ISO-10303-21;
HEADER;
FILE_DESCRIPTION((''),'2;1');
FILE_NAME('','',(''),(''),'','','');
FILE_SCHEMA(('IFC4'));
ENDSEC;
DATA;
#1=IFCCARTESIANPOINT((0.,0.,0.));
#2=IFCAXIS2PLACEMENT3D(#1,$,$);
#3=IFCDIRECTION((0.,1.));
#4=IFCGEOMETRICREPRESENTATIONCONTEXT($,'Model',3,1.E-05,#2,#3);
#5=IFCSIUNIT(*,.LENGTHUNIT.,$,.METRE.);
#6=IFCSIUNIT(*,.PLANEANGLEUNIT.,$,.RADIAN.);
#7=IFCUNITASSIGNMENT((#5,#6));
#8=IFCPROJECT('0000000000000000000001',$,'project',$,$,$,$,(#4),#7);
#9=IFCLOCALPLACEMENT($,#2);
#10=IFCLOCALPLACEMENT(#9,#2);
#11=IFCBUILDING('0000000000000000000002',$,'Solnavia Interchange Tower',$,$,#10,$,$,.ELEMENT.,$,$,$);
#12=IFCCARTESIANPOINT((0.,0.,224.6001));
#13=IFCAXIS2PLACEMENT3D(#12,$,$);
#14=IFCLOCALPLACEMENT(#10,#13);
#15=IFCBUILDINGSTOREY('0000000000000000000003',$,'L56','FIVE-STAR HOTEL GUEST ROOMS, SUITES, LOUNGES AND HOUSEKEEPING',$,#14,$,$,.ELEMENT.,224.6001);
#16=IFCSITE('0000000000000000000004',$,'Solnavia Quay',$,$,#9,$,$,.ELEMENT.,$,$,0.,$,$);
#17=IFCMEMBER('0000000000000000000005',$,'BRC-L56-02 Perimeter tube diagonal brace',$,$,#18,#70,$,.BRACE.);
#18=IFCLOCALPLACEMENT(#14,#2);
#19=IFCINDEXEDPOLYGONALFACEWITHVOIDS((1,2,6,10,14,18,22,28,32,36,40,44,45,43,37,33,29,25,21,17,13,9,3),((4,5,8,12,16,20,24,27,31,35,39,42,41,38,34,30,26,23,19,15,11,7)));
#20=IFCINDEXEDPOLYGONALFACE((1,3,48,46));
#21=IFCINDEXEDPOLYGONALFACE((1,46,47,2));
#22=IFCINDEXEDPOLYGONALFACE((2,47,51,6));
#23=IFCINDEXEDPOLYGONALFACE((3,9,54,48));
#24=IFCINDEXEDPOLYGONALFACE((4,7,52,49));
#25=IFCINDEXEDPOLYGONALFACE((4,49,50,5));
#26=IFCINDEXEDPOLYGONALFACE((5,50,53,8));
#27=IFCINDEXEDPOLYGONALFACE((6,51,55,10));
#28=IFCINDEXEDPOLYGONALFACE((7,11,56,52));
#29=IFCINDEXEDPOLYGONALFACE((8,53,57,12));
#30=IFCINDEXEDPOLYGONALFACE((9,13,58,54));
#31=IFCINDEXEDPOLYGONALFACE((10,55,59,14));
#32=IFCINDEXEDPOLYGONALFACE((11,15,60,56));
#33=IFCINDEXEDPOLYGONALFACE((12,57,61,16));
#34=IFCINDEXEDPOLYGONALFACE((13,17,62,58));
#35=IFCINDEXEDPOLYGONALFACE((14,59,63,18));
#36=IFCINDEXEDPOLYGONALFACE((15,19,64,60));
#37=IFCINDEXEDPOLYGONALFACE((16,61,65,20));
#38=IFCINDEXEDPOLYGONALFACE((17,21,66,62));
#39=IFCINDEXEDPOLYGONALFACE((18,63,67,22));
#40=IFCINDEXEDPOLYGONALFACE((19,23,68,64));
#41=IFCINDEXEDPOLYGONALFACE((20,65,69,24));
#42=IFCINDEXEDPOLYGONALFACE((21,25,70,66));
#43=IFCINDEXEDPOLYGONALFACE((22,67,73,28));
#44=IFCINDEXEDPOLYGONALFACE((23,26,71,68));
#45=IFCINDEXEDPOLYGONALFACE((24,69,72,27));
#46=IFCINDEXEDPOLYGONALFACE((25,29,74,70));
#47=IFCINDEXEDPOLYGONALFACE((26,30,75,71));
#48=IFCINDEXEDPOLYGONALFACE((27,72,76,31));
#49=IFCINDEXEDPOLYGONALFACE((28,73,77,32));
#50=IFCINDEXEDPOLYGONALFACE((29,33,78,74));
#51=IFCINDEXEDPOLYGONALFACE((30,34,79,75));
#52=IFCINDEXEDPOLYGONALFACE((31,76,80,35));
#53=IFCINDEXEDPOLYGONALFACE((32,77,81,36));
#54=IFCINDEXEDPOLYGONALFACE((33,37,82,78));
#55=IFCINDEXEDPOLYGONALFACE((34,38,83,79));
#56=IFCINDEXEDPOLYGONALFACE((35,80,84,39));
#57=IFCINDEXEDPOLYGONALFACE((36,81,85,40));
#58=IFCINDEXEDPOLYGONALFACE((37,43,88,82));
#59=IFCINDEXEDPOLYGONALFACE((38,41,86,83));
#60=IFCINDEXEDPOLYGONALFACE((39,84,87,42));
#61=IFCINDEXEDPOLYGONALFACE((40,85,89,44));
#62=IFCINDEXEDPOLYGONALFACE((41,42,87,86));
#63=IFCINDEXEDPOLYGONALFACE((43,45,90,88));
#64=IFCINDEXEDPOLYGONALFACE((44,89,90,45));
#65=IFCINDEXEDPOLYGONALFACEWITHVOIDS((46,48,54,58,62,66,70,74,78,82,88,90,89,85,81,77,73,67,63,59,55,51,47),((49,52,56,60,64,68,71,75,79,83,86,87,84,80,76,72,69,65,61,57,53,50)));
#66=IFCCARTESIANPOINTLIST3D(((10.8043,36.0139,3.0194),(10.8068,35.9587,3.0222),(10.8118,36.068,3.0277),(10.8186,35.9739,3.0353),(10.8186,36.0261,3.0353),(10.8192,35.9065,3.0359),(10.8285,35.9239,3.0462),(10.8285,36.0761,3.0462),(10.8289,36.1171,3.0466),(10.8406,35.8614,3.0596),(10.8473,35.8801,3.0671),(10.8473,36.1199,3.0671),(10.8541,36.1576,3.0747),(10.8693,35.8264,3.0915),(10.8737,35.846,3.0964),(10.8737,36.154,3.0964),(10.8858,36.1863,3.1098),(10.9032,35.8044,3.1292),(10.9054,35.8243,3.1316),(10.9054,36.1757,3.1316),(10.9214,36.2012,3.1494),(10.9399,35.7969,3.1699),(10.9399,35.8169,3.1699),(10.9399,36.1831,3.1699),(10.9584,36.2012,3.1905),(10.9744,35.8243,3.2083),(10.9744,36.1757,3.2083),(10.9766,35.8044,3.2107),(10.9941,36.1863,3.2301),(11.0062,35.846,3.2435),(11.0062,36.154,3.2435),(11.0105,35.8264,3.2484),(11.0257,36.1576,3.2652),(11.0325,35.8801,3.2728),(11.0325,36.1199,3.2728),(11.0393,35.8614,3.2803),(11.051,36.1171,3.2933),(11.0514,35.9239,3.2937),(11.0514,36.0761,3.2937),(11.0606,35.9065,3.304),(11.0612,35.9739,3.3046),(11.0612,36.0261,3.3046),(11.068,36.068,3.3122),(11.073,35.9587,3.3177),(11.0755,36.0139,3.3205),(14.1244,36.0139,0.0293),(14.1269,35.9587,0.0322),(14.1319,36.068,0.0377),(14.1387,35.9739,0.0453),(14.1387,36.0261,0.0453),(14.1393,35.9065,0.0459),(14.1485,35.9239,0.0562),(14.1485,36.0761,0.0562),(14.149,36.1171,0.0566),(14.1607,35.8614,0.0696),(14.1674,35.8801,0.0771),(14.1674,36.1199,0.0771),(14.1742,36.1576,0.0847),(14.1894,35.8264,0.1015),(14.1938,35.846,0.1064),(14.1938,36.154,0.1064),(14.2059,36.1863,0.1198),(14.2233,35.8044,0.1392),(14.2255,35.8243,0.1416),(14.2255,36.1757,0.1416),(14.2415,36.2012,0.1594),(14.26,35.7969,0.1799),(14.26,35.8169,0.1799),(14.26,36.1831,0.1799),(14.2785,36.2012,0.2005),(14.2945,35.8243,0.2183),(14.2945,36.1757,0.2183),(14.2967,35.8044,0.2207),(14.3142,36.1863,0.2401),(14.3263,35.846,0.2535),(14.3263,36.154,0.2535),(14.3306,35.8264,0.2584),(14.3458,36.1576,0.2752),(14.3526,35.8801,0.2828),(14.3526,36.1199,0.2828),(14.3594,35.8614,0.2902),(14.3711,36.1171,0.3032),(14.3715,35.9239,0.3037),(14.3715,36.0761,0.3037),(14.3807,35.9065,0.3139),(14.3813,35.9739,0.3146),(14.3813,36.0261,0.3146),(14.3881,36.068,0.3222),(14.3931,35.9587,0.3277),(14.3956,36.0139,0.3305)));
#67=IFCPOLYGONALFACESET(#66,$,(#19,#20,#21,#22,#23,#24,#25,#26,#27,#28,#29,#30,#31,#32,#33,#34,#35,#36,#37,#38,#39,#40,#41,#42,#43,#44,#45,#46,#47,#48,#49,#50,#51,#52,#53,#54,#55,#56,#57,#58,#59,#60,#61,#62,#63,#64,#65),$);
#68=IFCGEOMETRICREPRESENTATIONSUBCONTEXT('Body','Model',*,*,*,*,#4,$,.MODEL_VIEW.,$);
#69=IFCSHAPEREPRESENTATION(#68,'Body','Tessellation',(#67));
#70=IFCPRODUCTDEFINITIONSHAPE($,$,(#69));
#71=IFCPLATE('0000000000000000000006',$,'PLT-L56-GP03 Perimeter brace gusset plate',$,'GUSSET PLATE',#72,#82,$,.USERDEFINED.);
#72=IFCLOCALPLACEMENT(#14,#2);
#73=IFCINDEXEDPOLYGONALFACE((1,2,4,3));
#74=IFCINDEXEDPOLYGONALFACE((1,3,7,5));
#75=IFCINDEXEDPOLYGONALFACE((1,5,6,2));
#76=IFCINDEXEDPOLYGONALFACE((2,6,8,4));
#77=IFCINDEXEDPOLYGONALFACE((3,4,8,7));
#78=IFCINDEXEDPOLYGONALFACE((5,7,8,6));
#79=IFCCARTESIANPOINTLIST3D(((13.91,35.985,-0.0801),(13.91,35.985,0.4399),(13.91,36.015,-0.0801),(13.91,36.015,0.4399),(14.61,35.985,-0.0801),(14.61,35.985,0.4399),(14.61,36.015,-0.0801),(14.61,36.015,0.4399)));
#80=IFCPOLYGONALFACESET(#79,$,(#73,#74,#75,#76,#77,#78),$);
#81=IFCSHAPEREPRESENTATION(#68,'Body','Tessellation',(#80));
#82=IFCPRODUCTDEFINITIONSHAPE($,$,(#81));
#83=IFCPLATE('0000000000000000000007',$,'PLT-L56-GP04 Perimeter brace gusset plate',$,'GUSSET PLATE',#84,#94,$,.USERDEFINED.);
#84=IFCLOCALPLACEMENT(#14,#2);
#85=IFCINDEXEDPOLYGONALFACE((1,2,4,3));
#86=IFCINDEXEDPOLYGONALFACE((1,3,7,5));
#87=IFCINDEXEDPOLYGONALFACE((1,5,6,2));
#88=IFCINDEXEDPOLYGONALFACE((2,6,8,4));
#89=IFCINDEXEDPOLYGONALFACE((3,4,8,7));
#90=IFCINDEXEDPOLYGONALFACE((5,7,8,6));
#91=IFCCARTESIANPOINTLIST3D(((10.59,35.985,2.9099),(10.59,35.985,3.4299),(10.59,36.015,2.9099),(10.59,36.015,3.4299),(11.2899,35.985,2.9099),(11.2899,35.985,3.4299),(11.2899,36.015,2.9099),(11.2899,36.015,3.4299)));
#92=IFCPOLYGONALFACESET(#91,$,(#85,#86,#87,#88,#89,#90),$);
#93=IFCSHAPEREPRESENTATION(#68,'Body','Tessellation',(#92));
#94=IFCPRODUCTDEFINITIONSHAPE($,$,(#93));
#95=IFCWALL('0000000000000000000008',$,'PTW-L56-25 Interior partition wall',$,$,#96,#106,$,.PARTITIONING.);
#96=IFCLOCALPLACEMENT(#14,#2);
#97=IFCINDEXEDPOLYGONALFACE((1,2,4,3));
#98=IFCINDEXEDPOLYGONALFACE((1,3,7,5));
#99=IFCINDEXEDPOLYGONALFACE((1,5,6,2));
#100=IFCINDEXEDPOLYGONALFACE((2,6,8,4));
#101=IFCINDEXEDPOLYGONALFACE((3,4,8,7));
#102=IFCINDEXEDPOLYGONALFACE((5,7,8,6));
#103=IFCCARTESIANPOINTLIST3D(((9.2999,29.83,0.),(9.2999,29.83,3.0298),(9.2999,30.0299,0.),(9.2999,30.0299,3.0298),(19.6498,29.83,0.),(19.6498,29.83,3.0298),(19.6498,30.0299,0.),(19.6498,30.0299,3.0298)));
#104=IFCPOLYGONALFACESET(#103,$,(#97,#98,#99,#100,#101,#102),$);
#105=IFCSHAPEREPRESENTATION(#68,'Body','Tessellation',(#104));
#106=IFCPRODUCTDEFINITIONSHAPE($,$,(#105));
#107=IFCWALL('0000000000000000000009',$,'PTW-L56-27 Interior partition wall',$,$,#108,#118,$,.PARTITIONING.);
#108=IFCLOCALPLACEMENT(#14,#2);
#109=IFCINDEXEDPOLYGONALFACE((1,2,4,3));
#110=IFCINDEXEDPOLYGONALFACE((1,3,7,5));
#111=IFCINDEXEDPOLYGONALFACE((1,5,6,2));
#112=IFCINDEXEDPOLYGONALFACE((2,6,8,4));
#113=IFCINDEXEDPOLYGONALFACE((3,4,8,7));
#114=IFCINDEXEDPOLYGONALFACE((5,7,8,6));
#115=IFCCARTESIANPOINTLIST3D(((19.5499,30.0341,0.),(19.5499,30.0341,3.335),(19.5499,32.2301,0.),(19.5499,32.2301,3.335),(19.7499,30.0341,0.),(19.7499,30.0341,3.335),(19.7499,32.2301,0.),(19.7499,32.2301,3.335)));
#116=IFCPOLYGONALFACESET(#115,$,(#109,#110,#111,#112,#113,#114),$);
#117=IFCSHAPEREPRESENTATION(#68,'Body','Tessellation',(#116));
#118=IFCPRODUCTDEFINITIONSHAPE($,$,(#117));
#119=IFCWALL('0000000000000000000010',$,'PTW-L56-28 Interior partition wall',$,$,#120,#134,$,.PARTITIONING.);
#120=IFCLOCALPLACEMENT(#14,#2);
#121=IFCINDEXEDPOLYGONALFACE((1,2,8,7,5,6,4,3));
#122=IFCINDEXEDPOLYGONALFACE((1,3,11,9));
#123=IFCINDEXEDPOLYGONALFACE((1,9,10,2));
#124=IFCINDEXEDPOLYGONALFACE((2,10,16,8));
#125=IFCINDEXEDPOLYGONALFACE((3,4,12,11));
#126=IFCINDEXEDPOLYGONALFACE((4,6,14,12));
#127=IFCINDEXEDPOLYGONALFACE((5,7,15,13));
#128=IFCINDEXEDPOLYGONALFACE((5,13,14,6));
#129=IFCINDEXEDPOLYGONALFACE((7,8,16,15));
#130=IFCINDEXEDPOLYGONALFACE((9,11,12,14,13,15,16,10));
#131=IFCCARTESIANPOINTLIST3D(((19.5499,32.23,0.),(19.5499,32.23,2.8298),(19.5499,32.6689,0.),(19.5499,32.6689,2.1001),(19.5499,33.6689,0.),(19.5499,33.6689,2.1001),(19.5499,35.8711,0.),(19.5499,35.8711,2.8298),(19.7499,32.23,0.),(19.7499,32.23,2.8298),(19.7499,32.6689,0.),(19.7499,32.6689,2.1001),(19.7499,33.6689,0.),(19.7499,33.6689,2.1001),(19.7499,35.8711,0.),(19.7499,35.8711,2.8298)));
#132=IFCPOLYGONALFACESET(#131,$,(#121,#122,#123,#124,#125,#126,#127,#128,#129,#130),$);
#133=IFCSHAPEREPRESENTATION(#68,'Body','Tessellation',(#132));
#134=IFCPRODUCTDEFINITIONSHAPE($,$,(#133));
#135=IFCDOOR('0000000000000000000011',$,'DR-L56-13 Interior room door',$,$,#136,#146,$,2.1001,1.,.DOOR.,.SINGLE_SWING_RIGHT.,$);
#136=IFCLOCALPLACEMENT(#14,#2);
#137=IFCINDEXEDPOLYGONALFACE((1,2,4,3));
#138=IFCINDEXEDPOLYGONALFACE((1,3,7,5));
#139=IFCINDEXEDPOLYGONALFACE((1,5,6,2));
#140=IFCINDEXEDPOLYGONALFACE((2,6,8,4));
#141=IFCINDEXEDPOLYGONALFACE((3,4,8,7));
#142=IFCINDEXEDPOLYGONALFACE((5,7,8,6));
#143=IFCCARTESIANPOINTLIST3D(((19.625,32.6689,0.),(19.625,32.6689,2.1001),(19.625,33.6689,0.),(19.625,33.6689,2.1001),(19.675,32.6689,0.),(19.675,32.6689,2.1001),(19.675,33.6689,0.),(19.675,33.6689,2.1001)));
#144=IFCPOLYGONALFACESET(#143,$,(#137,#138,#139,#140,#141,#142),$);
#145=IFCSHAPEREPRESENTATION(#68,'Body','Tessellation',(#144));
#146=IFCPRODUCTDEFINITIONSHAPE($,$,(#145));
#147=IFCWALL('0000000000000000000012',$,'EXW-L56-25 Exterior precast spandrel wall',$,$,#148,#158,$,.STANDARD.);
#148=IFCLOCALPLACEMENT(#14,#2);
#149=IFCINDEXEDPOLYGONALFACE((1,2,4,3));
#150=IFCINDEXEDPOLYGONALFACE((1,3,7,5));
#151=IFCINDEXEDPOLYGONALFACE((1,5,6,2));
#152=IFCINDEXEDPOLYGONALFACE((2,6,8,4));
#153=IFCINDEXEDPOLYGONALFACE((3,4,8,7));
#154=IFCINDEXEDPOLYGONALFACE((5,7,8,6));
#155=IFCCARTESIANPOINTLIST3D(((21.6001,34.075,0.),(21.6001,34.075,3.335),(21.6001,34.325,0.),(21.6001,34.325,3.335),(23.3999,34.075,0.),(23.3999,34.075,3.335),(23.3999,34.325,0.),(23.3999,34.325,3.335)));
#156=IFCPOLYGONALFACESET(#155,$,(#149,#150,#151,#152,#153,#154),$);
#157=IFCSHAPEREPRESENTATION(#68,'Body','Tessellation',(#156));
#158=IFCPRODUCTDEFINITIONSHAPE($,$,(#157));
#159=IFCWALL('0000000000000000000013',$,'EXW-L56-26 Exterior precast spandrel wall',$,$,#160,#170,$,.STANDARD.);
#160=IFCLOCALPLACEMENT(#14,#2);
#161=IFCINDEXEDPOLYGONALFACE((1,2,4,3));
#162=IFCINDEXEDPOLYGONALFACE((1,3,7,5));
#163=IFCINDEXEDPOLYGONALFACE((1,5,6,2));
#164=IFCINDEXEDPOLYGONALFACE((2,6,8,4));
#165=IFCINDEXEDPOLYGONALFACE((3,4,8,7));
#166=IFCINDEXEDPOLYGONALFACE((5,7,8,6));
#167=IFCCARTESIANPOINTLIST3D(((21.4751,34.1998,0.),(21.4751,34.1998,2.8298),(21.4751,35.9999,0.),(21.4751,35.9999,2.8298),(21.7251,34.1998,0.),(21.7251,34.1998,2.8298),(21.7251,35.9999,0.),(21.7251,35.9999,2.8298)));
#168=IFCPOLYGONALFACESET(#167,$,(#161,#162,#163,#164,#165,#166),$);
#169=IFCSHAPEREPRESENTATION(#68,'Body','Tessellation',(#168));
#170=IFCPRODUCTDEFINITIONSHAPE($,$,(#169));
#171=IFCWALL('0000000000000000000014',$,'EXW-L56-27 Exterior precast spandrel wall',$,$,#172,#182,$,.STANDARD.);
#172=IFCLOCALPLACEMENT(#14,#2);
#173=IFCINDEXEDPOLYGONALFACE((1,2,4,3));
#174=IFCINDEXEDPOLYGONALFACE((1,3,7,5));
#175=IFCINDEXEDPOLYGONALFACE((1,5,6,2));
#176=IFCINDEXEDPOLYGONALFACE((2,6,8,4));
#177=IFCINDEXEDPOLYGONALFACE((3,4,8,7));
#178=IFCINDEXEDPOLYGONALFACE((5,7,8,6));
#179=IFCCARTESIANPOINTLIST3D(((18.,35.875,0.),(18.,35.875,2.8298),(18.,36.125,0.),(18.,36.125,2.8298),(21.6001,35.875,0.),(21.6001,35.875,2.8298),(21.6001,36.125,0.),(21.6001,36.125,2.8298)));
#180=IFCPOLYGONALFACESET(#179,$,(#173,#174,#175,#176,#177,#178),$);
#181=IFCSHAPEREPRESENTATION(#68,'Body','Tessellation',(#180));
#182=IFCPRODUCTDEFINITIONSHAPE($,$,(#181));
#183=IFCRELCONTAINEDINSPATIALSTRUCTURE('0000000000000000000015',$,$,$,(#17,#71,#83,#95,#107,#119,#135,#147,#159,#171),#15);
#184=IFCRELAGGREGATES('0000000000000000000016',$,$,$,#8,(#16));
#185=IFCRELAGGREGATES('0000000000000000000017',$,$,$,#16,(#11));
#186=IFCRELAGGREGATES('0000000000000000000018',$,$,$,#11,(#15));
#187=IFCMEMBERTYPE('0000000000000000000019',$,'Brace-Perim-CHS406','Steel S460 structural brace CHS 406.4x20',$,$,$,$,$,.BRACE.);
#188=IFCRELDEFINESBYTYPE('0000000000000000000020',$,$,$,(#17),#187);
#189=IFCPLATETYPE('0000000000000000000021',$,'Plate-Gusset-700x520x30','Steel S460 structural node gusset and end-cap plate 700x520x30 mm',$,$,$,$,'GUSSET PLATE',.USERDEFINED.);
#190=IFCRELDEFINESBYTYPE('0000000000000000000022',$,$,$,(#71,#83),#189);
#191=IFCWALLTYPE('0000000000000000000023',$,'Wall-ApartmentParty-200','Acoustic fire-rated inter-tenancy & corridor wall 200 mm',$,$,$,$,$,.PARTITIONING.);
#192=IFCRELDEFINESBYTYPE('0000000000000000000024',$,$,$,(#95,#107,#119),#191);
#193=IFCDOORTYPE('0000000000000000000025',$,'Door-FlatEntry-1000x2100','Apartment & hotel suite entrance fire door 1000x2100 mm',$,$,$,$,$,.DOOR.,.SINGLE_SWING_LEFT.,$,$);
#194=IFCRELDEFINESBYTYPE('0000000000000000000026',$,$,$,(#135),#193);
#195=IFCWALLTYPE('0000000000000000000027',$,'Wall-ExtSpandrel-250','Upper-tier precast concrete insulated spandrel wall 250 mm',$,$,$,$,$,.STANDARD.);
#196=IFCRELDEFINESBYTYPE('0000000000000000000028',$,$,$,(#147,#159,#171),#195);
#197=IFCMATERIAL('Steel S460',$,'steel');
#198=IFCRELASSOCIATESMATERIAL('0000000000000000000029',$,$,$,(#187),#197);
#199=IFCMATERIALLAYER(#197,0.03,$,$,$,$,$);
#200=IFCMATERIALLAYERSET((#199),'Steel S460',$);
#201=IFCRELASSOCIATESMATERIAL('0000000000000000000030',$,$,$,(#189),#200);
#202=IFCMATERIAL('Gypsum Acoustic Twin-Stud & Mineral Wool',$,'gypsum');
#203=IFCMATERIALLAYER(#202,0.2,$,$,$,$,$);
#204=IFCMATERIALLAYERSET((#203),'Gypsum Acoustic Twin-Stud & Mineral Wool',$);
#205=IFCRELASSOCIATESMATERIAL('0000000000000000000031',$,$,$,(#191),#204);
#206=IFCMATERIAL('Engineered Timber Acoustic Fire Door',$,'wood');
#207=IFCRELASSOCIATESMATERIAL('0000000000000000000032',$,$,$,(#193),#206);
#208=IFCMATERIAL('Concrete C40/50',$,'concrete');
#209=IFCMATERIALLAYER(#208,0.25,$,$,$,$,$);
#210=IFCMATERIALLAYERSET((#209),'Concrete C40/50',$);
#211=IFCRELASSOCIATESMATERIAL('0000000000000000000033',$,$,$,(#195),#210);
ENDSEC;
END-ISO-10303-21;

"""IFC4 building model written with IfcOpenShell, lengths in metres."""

from ifc_helpers import new_model, si_unit, direction, frame, frame_2d, origin, origin_2d, place, context, subcontext, project, spatial, rectangle, hollow_circle, extrude, material, layer, layer_set, material_profile, profile_set, type_object, element, fill, save


model = new_model("IFC4")

# Units and contexts
model_context = context("Model", 3, precision=1e-05, world=origin(), true_north=direction((0.0, 1.0)))
body_context = subcontext(model_context, "Body", "Model", "MODEL_VIEW")
ifc_project = project(units=[si_unit("LENGTHUNIT", "METRE"), si_unit("PLANEANGLEUNIT", "RADIAN")], contexts=[model_context])

# Site, building, storey
site_placement = place(None, origin())
site = spatial("IfcSite", under=ifc_project, at=site_placement, Name="Solnavia Quay", CompositionType="ELEMENT", RefElevation=0.0)
building_placement = place(site_placement, origin())
building = spatial("IfcBuilding", under=site, at=building_placement, Name="Solnavia Interchange Tower", CompositionType="ELEMENT")
storey_placement = place(building_placement, frame((0.0, 0.0, 224.6001)))
storey = spatial("IfcBuildingStorey", under=building, at=storey_placement, Name="L56", Description="FIVE-STAR HOTEL GUEST ROOMS, SUITES, LOUNGES AND HOUSEKEEPING", CompositionType="ELEMENT", Elevation=224.6001)

# Shared definitions
ifc_material_1 = material(Name="Steel S460", Category="steel")

# Member
ifc_material_profile_1 = material_profile(ifc_material_1, hollow_circle(Radius=0.2031, WallThickness=0.02, at=origin_2d()), Name="CHS 406.4x20")
ifc_profile_set_1 = profile_set([ifc_material_profile_1], Name="Steel S460")
member_type = type_object("IfcMemberType", Name="Brace-Perim-CHS406", Description="Steel S460 structural brace CHS 406.4x20", PredefinedType="BRACE", material=ifc_profile_set_1)
member_placement = place(storey_placement, frame((14.26, 36.0, 0.1799), z_axis=(-0.743079, 0.0, 0.669203), x_axis=(0.0, -1.0, 0.0)))
element("IfcMember", 1, at=member_placement, inside=storey, type_object=member_type, Name="BRC-L56-02 Perimeter tube diagonal brace", PredefinedType="BRACE", context=body_context, shape_type="SweptSolid", body=[
    extrude(hollow_circle(Radius=0.2031, WallThickness=0.02, at=origin_2d()), origin(), (0.0, 0.0, 1.0), 4.468),
])

# Plates
ifc_layer_1 = layer(ifc_material_1, 0.03)
ifc_layer_set_1 = layer_set([ifc_layer_1], Name="Steel S460")
plate_type = type_object("IfcPlateType", Name="Plate-Gusset-700x520x30", Description="Steel S460 structural node gusset and end-cap plate 700x520x30 mm", ElementType="GUSSET PLATE", PredefinedType="USERDEFINED", material=ifc_layer_set_1)
for number, where, z_axis, x_axis, name in (
    (2, (14.26, 36.0, -0.0801), (0.0, 0.0, 1.0), (-1.0, 0.0, 0.0), "PLT-L56-GP03 Perimeter brace gusset plate"),
    (3, (10.9399, 36.0, 2.9099), (0.0, 0.0, 1.0), (-1.0, 0.0, 0.0), "PLT-L56-GP04 Perimeter brace gusset plate"),
):
    element("IfcPlate", number, at=place(storey_placement, frame(where, z_axis=z_axis, x_axis=x_axis)), inside=storey, type_object=plate_type, Name=name, ObjectType="GUSSET PLATE", PredefinedType="USERDEFINED", context=body_context, shape_type="SweptSolid", body=[
        extrude(rectangle(XDim=0.7, YDim=0.03, at=origin_2d()), origin(), (0.0, 0.0, 1.0), 0.52),
    ])

# Walls
ifc_material_2 = material(Name="Gypsum Acoustic Twin-Stud & Mineral Wool", Category="gypsum")
ifc_layer_2 = layer(ifc_material_2, 0.2)
ifc_layer_set_2 = layer_set([ifc_layer_2], Name="Gypsum Acoustic Twin-Stud & Mineral Wool")
wall_type_1 = type_object("IfcWallType", Name="Wall-ApartmentParty-200", Description="Acoustic fire-rated inter-tenancy & corridor wall 200 mm", PredefinedType="PARTITIONING", material=ifc_layer_set_2)
wall_1_placement = place(storey_placement, frame((9.3, 29.9299, 0.0), z_axis=(0.0, 0.0, 1.0), x_axis=(1.0, 0.0, 0.0)))
element("IfcWall", 4, at=wall_1_placement, inside=storey, type_object=wall_type_1, Name="PTW-L56-25 Interior partition wall", PredefinedType="PARTITIONING", context=body_context, shape_type="SweptSolid", body=[
    extrude(rectangle(XDim=10.3499, YDim=0.2, at=frame_2d((5.1748, 0.0))), origin(), (0.0, 0.0, 1.0), 3.0298),
])
wall_2_placement = place(storey_placement, frame((19.6499, 30.0339, 0.0), z_axis=(0.0, 0.0, 1.0), x_axis=(0.0, 1.0, 0.0)))
element("IfcWall", 5, at=wall_2_placement, inside=storey, type_object=wall_type_1, Name="PTW-L56-27 Interior partition wall", PredefinedType="PARTITIONING", context=body_context, shape_type="SweptSolid", body=[
    extrude(rectangle(XDim=2.196, YDim=0.2, at=frame_2d((1.0981, 0.0))), origin(), (0.0, 0.0, 1.0), 3.335),
])

# Wall, opening, door
wall_3_placement = place(storey_placement, frame((19.6499, 32.23, 0.0), z_axis=(0.0, 0.0, 1.0), x_axis=(0.0, 1.0, 0.0)))
wall_3 = element("IfcWall", 6, at=wall_3_placement, inside=storey, type_object=wall_type_1, Name="PTW-L56-28 Interior partition wall", PredefinedType="PARTITIONING", context=body_context, shape_type="SweptSolid", body=[
    extrude(rectangle(XDim=3.6411, YDim=0.2, at=frame_2d((1.8206, 0.0))), origin(), (0.0, 0.0, 1.0), 2.8298),
])
opening_1_placement = place(wall_3_placement, frame((0.439, 0.0, 0.0)))
opening_1 = element("IfcOpeningElement", 7, at=opening_1_placement, cuts=wall_3, PredefinedType="OPENING", context=body_context, shape_type="SweptSolid", body=[
    extrude(rectangle(XDim=1.0, YDim=2.1001, at=frame_2d((0.5, 1.05))), frame((0.0, 0.1099, 0.0), z_axis=(0.0, -1.0, 0.0), x_axis=(1.0, 0.0, 0.0)), (0.0, 0.0, 1.0), 0.22),
])
ifc_material_3 = material(Name="Engineered Timber Acoustic Fire Door", Category="wood")
door_type_1 = type_object("IfcDoorType", Name="Door-FlatEntry-1000x2100", Description="Apartment & hotel suite entrance fire door 1000x2100 mm", OperationType="SINGLE_SWING_LEFT", PredefinedType="DOOR", material=ifc_material_3)
door_1_placement = place(opening_1_placement, origin())
door_1 = element("IfcDoor", 8, at=door_1_placement, inside=storey, type_object=door_type_1, Name="DR-L56-13 Interior room door", OperationType="SINGLE_SWING_RIGHT", OverallHeight=2.1001, OverallWidth=1.0, PredefinedType="DOOR", context=body_context, shape_type="SweptSolid", body=[
    extrude(rectangle(XDim=1.0, YDim=2.1001, at=frame_2d((0.5, 1.05))), frame((0.0, 0.0249, 0.0), z_axis=(0.0, -1.0, 0.0), x_axis=(1.0, 0.0, 0.0)), (0.0, 0.0, 1.0), 0.05),
])
fill(opening_1, door_1)

# Walls
ifc_material_4 = material(Name="Concrete C40/50", Category="concrete")
ifc_layer_3 = layer(ifc_material_4, 0.25)
ifc_layer_set_3 = layer_set([ifc_layer_3], Name="Concrete C40/50")
wall_type_2 = type_object("IfcWallType", Name="Wall-ExtSpandrel-250", Description="Upper-tier precast concrete insulated spandrel wall 250 mm", PredefinedType="STANDARD", material=ifc_layer_set_3)
wall_4_placement = place(storey_placement, frame((21.6001, 34.2, 0.0), z_axis=(0.0, 0.0, 1.0), x_axis=(1.0, 0.0, 0.0)))
element("IfcWall", 9, at=wall_4_placement, inside=storey, type_object=wall_type_2, Name="EXW-L56-25 Exterior precast spandrel wall", PredefinedType="STANDARD", context=body_context, shape_type="SweptSolid", body=[
    extrude(rectangle(XDim=1.7998, YDim=0.25, at=frame_2d((0.8999, 0.0))), origin(), (0.0, 0.0, 1.0), 3.335),
])
wall_5_placement = place(storey_placement, frame((21.6001, 34.2, 0.0), z_axis=(0.0, 0.0, 1.0), x_axis=(0.0, 1.0, 0.0)))
element("IfcWall", 10, at=wall_5_placement, inside=storey, type_object=wall_type_2, Name="EXW-L56-26 Exterior precast spandrel wall", PredefinedType="STANDARD", context=body_context, shape_type="SweptSolid", body=[
    extrude(rectangle(XDim=1.8, YDim=0.25, at=frame_2d((0.8999, 0.0))), origin(), (0.0, 0.0, 1.0), 2.8298),
])
wall_6_placement = place(storey_placement, frame((18.0, 36.0, 0.0), z_axis=(0.0, 0.0, 1.0), x_axis=(1.0, 0.0, 0.0)))
element("IfcWall", 11, at=wall_6_placement, inside=storey, type_object=wall_type_2, Name="EXW-L56-27 Exterior precast spandrel wall", PredefinedType="STANDARD", context=body_context, shape_type="SweptSolid", body=[
    extrude(rectangle(XDim=3.6001, YDim=0.25, at=frame_2d((1.8, 0.0))), origin(), (0.0, 0.0, 1.0), 2.8298),
])

save(model, "model.ifc")
